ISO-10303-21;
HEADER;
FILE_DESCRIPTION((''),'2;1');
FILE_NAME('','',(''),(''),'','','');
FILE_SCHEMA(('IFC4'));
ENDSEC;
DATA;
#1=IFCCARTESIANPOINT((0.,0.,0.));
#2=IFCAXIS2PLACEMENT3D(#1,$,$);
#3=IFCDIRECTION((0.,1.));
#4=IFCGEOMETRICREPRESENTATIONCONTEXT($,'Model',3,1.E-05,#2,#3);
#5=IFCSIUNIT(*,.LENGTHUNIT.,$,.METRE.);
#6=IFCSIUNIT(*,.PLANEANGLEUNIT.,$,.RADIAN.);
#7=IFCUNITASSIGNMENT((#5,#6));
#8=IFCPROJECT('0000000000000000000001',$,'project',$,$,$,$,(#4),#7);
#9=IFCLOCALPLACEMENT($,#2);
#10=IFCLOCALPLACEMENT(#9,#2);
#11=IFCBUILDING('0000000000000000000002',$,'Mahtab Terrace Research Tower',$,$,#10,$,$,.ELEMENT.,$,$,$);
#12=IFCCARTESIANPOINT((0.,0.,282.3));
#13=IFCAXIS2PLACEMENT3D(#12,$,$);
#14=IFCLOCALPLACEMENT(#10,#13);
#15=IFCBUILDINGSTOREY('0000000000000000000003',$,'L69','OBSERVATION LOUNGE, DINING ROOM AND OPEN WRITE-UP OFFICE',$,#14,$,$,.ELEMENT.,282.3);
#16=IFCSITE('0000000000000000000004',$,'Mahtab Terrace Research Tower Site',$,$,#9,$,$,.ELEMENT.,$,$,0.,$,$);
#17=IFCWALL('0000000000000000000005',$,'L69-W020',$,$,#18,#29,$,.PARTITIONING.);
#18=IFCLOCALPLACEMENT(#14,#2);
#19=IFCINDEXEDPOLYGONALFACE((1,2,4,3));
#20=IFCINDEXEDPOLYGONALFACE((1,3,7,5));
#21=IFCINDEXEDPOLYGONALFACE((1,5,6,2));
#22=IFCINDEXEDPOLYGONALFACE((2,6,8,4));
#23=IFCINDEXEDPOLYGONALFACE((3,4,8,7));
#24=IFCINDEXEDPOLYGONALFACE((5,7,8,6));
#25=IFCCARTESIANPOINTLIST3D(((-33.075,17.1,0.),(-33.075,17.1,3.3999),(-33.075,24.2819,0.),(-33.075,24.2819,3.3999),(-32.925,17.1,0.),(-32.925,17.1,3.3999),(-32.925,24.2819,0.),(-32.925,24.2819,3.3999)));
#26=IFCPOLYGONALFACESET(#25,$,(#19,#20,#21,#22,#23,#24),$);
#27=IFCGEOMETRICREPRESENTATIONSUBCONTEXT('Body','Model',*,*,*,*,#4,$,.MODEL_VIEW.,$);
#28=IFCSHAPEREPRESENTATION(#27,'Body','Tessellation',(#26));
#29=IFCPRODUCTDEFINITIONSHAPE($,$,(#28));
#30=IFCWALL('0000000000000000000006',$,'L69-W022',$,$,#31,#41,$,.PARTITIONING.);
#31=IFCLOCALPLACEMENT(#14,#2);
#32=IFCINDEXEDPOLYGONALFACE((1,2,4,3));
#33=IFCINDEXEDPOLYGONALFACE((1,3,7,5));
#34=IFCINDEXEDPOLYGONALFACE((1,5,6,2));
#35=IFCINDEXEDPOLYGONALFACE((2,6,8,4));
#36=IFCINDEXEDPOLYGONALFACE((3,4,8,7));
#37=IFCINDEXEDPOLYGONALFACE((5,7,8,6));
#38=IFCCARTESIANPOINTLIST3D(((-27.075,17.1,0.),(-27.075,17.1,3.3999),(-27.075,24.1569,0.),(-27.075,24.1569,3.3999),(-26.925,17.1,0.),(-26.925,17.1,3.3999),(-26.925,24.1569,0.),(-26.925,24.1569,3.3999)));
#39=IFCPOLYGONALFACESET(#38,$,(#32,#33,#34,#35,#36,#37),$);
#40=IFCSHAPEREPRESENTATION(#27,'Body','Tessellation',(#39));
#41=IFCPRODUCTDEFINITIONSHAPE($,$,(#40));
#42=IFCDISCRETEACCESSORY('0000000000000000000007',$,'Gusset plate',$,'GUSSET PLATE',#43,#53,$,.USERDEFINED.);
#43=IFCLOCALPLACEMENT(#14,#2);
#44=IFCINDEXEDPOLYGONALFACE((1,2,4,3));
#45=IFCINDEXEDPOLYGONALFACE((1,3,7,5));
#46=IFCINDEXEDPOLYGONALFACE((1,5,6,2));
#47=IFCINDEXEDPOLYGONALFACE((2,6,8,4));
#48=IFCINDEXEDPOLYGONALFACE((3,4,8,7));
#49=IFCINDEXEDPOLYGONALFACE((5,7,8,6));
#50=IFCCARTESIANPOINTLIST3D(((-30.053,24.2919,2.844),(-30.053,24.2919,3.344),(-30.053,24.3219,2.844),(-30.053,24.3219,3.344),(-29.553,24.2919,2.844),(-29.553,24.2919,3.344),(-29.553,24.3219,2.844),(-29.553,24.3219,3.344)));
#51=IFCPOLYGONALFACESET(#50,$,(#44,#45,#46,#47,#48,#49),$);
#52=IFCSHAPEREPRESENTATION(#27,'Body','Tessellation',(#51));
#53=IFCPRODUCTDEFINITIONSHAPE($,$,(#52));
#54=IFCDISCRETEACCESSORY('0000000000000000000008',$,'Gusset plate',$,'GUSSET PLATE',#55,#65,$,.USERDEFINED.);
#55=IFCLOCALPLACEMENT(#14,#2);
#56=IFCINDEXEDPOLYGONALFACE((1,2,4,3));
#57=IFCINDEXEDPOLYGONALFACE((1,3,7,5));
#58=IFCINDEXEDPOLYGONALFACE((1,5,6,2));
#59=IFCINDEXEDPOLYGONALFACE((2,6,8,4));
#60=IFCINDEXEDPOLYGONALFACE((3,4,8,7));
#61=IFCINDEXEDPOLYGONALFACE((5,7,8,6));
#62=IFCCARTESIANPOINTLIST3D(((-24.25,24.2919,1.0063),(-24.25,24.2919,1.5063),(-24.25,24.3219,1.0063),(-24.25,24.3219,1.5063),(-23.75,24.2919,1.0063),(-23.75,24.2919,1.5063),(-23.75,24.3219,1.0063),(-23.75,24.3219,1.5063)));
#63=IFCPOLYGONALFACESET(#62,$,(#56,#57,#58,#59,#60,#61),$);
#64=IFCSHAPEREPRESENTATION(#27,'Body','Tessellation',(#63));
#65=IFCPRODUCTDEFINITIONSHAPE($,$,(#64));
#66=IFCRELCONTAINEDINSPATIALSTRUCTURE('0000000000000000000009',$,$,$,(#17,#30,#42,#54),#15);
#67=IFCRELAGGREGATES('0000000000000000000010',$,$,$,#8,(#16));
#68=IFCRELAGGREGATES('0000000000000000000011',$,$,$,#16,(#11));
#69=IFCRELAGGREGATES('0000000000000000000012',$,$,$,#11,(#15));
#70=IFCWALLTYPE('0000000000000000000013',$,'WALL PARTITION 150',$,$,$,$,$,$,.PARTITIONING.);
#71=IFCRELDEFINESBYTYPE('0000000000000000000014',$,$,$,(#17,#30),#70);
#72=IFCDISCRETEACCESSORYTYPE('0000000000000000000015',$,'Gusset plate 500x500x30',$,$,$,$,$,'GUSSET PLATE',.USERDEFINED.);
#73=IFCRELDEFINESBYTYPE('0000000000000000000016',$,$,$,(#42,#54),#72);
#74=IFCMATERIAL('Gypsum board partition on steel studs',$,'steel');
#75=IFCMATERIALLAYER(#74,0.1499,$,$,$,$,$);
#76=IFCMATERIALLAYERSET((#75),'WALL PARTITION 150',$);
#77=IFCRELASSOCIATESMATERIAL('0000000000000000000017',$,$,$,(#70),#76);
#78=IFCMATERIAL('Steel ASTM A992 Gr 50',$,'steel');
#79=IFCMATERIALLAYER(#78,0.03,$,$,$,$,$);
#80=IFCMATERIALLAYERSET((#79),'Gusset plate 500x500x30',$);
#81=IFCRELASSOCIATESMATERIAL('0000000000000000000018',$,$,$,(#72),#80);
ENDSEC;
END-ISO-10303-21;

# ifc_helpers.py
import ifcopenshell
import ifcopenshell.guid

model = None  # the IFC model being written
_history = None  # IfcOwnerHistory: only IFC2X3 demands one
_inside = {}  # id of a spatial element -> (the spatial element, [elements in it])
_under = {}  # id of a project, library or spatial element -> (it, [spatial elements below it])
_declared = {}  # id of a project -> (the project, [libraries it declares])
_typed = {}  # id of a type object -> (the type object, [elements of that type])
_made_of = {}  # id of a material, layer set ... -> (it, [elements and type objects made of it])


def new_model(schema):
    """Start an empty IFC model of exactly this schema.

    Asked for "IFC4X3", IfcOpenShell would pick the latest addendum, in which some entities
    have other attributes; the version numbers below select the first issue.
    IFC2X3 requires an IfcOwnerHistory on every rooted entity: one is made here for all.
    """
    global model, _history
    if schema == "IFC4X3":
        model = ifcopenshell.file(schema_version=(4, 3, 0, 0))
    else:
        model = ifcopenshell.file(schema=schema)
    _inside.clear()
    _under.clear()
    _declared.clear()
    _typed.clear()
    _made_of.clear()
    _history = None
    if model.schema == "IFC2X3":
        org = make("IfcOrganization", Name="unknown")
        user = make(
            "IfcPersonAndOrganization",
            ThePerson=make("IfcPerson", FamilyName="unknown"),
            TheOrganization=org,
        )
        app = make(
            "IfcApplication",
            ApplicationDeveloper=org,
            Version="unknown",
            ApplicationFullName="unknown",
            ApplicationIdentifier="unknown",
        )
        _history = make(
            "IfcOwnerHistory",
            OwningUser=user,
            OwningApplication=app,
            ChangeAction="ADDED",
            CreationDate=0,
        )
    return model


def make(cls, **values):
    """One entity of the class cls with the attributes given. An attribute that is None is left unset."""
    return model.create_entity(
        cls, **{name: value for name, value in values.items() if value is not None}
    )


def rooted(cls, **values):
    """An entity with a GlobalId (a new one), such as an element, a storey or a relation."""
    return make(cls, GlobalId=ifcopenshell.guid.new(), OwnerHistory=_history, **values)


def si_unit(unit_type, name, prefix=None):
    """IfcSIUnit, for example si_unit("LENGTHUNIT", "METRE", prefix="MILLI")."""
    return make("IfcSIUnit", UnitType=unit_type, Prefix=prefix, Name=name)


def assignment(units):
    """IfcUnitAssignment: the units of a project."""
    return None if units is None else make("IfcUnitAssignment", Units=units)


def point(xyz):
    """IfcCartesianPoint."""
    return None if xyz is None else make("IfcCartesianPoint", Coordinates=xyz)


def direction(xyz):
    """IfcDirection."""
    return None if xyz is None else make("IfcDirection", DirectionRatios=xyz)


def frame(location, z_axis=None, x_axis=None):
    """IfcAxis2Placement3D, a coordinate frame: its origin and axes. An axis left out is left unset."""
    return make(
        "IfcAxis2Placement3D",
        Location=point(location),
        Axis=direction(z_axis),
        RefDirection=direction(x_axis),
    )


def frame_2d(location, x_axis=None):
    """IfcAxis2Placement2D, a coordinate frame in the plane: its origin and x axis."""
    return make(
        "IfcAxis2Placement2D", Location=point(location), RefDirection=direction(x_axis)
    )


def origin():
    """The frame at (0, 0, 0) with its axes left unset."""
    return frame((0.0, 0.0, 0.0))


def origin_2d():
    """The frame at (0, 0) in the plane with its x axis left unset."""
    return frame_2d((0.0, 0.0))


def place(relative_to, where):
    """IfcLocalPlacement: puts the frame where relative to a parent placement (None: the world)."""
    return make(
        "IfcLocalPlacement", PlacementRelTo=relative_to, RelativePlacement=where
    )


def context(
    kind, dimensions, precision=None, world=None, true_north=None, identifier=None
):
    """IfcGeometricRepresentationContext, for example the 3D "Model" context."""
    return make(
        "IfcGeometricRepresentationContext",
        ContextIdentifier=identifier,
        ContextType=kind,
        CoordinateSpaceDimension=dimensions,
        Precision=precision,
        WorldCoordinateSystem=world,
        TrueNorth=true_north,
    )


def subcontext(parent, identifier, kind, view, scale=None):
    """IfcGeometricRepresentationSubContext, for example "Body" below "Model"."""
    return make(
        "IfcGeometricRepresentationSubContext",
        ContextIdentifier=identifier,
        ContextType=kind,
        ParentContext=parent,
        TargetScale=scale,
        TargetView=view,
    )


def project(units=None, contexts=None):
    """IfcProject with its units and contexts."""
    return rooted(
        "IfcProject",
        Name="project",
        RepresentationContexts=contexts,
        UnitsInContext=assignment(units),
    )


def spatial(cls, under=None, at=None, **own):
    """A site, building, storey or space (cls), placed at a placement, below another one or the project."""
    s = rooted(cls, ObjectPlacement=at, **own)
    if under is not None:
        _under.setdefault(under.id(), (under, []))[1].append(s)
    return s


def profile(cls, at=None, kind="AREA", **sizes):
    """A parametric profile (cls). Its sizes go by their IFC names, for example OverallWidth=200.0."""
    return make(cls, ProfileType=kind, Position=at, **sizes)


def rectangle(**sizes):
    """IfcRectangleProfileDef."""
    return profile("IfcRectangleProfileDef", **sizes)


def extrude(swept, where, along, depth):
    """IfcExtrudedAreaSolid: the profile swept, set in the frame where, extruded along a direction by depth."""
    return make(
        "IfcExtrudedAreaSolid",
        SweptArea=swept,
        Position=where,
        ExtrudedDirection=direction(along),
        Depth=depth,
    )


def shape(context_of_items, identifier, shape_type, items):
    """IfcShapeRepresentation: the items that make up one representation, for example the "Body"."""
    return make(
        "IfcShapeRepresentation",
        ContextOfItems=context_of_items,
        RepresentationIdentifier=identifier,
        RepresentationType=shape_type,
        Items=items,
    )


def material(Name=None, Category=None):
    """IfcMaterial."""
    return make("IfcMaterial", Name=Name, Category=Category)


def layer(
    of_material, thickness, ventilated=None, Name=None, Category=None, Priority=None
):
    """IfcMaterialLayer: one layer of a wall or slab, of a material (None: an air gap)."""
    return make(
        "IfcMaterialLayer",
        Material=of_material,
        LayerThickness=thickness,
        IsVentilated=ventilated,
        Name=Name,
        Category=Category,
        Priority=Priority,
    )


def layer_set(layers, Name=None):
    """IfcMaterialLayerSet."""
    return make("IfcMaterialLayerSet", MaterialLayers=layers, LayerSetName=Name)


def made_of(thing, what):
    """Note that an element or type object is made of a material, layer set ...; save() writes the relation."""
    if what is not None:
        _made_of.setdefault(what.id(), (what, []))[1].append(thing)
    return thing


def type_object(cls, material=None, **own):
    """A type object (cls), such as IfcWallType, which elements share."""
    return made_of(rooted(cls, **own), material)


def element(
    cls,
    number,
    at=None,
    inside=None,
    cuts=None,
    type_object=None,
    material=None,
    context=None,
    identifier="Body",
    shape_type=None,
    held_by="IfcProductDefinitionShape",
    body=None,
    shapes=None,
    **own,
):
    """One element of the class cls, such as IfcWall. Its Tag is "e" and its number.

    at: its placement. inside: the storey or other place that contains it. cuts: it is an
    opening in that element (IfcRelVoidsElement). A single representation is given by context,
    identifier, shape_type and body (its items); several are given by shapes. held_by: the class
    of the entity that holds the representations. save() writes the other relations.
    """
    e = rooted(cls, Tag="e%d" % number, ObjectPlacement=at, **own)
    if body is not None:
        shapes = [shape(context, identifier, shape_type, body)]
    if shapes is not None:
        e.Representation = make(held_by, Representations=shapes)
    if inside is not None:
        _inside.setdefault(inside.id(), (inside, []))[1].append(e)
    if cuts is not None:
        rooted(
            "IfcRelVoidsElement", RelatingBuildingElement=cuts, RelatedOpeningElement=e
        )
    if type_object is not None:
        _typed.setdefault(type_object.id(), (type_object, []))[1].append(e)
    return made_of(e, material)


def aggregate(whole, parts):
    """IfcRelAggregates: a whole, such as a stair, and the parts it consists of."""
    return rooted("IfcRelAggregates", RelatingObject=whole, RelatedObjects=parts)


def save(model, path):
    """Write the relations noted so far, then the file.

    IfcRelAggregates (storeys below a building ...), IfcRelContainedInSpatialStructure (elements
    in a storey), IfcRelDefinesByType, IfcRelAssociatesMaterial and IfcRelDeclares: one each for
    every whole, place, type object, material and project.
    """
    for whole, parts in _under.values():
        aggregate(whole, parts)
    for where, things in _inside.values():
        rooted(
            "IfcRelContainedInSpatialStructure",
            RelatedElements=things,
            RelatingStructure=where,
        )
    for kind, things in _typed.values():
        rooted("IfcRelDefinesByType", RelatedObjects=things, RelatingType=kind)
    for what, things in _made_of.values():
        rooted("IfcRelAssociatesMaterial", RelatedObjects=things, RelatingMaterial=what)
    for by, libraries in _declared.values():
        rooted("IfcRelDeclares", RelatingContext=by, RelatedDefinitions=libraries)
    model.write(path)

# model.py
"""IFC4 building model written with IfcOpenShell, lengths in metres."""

from ifc_helpers import new_model, si_unit, direction, frame, frame_2d, origin, origin_2d, place, context, subcontext, project, spatial, rectangle, extrude, material, layer, layer_set, type_object, element, save


model = new_model("IFC4")

# Units and contexts
model_context = context("Model", 3, precision=1e-05, world=origin(), true_north=direction((0.0, 1.0)))
body_context = subcontext(model_context, "Body", "Model", "MODEL_VIEW")
ifc_project = project(units=[si_unit("LENGTHUNIT", "METRE"), si_unit("PLANEANGLEUNIT", "RADIAN")], contexts=[model_context])

# Site, building, storey
site_placement = place(None, origin())
site = spatial("IfcSite", under=ifc_project, at=site_placement, Name="Mahtab Terrace Research Tower Site", CompositionType="ELEMENT", RefElevation=0.0)
building_placement = place(site_placement, origin())
building = spatial("IfcBuilding", under=site, at=building_placement, Name="Mahtab Terrace Research Tower", CompositionType="ELEMENT")
storey_placement = place(building_placement, frame((0.0, 0.0, 282.3)))
storey = spatial("IfcBuildingStorey", under=building, at=storey_placement, Name="L69", Description="OBSERVATION LOUNGE, DINING ROOM AND OPEN WRITE-UP OFFICE", CompositionType="ELEMENT", Elevation=282.3)

# Shared definitions
ifc_material_1 = material(Name="Steel ASTM A992 Gr 50", Category="steel")

# Walls
ifc_material_2 = material(Name="Gypsum board partition on steel studs", Category="steel")
ifc_layer_1 = layer(ifc_material_2, 0.1499)
ifc_layer_set_1 = layer_set([ifc_layer_1], Name="WALL PARTITION 150")
wall_type_1 = type_object("IfcWallType", Name="WALL PARTITION 150", PredefinedType="PARTITIONING", material=ifc_layer_set_1)
wall_1_placement = place(storey_placement, frame((-33.0, 17.1001, 0.0), z_axis=(0.0, 0.0, 1.0), x_axis=(0.0, 1.0, 0.0)))
element("IfcWall", 1, at=wall_1_placement, inside=storey, type_object=wall_type_1, Name="L69-W020", PredefinedType="PARTITIONING", context=body_context, shape_type="SweptSolid", body=[
    extrude(rectangle(XDim=7.1819, YDim=0.1499, at=frame_2d((3.5908, 0.0))), origin(), (0.0, 0.0, 1.0), 3.3999),
])
wall_2_placement = place(storey_placement, frame((-27.0, 17.1001, 0.0), z_axis=(0.0, 0.0, 1.0), x_axis=(0.0, 1.0, 0.0)))
element("IfcWall", 2, at=wall_2_placement, inside=storey, type_object=wall_type_1, Name="L69-W022", PredefinedType="PARTITIONING", context=body_context, shape_type="SweptSolid", body=[
    extrude(rectangle(XDim=7.0569, YDim=0.1499, at=frame_2d((3.5283, 0.0))), origin(), (0.0, 0.0, 1.0), 3.3999),
])

# Discrete accessories
ifc_layer_2 = layer(ifc_material_1, 0.03)
ifc_layer_set_2 = layer_set([ifc_layer_2], Name="Gusset plate 500x500x30")
discrete_accessory_type = type_object("IfcDiscreteAccessoryType", Name="Gusset plate 500x500x30", ElementType="GUSSET PLATE", PredefinedType="USERDEFINED", material=ifc_layer_set_2)
for number, where, z_axis, x_axis, name in (
    (3, (-29.803, 24.3069, 2.844), (0.0, 0.0, 1.0), (1.0, 0.0, 0.0), "Gusset plate"),
    (4, (-24.0, 24.3069, 1.0063), (0.0, 0.0, 1.0), (1.0, 0.0, 0.0), "Gusset plate"),
):
    element("IfcDiscreteAccessory", number, at=place(storey_placement, frame(where, z_axis=z_axis, x_axis=x_axis)), inside=storey, type_object=discrete_accessory_type, Name=name, ObjectType="GUSSET PLATE", PredefinedType="USERDEFINED", context=body_context, shape_type="SweptSolid", body=[
        extrude(rectangle(XDim=0.5, YDim=0.03, at=origin_2d()), origin(), (0.0, 0.0, 1.0), 0.5),
    ])

save(model, "model.ifc")
